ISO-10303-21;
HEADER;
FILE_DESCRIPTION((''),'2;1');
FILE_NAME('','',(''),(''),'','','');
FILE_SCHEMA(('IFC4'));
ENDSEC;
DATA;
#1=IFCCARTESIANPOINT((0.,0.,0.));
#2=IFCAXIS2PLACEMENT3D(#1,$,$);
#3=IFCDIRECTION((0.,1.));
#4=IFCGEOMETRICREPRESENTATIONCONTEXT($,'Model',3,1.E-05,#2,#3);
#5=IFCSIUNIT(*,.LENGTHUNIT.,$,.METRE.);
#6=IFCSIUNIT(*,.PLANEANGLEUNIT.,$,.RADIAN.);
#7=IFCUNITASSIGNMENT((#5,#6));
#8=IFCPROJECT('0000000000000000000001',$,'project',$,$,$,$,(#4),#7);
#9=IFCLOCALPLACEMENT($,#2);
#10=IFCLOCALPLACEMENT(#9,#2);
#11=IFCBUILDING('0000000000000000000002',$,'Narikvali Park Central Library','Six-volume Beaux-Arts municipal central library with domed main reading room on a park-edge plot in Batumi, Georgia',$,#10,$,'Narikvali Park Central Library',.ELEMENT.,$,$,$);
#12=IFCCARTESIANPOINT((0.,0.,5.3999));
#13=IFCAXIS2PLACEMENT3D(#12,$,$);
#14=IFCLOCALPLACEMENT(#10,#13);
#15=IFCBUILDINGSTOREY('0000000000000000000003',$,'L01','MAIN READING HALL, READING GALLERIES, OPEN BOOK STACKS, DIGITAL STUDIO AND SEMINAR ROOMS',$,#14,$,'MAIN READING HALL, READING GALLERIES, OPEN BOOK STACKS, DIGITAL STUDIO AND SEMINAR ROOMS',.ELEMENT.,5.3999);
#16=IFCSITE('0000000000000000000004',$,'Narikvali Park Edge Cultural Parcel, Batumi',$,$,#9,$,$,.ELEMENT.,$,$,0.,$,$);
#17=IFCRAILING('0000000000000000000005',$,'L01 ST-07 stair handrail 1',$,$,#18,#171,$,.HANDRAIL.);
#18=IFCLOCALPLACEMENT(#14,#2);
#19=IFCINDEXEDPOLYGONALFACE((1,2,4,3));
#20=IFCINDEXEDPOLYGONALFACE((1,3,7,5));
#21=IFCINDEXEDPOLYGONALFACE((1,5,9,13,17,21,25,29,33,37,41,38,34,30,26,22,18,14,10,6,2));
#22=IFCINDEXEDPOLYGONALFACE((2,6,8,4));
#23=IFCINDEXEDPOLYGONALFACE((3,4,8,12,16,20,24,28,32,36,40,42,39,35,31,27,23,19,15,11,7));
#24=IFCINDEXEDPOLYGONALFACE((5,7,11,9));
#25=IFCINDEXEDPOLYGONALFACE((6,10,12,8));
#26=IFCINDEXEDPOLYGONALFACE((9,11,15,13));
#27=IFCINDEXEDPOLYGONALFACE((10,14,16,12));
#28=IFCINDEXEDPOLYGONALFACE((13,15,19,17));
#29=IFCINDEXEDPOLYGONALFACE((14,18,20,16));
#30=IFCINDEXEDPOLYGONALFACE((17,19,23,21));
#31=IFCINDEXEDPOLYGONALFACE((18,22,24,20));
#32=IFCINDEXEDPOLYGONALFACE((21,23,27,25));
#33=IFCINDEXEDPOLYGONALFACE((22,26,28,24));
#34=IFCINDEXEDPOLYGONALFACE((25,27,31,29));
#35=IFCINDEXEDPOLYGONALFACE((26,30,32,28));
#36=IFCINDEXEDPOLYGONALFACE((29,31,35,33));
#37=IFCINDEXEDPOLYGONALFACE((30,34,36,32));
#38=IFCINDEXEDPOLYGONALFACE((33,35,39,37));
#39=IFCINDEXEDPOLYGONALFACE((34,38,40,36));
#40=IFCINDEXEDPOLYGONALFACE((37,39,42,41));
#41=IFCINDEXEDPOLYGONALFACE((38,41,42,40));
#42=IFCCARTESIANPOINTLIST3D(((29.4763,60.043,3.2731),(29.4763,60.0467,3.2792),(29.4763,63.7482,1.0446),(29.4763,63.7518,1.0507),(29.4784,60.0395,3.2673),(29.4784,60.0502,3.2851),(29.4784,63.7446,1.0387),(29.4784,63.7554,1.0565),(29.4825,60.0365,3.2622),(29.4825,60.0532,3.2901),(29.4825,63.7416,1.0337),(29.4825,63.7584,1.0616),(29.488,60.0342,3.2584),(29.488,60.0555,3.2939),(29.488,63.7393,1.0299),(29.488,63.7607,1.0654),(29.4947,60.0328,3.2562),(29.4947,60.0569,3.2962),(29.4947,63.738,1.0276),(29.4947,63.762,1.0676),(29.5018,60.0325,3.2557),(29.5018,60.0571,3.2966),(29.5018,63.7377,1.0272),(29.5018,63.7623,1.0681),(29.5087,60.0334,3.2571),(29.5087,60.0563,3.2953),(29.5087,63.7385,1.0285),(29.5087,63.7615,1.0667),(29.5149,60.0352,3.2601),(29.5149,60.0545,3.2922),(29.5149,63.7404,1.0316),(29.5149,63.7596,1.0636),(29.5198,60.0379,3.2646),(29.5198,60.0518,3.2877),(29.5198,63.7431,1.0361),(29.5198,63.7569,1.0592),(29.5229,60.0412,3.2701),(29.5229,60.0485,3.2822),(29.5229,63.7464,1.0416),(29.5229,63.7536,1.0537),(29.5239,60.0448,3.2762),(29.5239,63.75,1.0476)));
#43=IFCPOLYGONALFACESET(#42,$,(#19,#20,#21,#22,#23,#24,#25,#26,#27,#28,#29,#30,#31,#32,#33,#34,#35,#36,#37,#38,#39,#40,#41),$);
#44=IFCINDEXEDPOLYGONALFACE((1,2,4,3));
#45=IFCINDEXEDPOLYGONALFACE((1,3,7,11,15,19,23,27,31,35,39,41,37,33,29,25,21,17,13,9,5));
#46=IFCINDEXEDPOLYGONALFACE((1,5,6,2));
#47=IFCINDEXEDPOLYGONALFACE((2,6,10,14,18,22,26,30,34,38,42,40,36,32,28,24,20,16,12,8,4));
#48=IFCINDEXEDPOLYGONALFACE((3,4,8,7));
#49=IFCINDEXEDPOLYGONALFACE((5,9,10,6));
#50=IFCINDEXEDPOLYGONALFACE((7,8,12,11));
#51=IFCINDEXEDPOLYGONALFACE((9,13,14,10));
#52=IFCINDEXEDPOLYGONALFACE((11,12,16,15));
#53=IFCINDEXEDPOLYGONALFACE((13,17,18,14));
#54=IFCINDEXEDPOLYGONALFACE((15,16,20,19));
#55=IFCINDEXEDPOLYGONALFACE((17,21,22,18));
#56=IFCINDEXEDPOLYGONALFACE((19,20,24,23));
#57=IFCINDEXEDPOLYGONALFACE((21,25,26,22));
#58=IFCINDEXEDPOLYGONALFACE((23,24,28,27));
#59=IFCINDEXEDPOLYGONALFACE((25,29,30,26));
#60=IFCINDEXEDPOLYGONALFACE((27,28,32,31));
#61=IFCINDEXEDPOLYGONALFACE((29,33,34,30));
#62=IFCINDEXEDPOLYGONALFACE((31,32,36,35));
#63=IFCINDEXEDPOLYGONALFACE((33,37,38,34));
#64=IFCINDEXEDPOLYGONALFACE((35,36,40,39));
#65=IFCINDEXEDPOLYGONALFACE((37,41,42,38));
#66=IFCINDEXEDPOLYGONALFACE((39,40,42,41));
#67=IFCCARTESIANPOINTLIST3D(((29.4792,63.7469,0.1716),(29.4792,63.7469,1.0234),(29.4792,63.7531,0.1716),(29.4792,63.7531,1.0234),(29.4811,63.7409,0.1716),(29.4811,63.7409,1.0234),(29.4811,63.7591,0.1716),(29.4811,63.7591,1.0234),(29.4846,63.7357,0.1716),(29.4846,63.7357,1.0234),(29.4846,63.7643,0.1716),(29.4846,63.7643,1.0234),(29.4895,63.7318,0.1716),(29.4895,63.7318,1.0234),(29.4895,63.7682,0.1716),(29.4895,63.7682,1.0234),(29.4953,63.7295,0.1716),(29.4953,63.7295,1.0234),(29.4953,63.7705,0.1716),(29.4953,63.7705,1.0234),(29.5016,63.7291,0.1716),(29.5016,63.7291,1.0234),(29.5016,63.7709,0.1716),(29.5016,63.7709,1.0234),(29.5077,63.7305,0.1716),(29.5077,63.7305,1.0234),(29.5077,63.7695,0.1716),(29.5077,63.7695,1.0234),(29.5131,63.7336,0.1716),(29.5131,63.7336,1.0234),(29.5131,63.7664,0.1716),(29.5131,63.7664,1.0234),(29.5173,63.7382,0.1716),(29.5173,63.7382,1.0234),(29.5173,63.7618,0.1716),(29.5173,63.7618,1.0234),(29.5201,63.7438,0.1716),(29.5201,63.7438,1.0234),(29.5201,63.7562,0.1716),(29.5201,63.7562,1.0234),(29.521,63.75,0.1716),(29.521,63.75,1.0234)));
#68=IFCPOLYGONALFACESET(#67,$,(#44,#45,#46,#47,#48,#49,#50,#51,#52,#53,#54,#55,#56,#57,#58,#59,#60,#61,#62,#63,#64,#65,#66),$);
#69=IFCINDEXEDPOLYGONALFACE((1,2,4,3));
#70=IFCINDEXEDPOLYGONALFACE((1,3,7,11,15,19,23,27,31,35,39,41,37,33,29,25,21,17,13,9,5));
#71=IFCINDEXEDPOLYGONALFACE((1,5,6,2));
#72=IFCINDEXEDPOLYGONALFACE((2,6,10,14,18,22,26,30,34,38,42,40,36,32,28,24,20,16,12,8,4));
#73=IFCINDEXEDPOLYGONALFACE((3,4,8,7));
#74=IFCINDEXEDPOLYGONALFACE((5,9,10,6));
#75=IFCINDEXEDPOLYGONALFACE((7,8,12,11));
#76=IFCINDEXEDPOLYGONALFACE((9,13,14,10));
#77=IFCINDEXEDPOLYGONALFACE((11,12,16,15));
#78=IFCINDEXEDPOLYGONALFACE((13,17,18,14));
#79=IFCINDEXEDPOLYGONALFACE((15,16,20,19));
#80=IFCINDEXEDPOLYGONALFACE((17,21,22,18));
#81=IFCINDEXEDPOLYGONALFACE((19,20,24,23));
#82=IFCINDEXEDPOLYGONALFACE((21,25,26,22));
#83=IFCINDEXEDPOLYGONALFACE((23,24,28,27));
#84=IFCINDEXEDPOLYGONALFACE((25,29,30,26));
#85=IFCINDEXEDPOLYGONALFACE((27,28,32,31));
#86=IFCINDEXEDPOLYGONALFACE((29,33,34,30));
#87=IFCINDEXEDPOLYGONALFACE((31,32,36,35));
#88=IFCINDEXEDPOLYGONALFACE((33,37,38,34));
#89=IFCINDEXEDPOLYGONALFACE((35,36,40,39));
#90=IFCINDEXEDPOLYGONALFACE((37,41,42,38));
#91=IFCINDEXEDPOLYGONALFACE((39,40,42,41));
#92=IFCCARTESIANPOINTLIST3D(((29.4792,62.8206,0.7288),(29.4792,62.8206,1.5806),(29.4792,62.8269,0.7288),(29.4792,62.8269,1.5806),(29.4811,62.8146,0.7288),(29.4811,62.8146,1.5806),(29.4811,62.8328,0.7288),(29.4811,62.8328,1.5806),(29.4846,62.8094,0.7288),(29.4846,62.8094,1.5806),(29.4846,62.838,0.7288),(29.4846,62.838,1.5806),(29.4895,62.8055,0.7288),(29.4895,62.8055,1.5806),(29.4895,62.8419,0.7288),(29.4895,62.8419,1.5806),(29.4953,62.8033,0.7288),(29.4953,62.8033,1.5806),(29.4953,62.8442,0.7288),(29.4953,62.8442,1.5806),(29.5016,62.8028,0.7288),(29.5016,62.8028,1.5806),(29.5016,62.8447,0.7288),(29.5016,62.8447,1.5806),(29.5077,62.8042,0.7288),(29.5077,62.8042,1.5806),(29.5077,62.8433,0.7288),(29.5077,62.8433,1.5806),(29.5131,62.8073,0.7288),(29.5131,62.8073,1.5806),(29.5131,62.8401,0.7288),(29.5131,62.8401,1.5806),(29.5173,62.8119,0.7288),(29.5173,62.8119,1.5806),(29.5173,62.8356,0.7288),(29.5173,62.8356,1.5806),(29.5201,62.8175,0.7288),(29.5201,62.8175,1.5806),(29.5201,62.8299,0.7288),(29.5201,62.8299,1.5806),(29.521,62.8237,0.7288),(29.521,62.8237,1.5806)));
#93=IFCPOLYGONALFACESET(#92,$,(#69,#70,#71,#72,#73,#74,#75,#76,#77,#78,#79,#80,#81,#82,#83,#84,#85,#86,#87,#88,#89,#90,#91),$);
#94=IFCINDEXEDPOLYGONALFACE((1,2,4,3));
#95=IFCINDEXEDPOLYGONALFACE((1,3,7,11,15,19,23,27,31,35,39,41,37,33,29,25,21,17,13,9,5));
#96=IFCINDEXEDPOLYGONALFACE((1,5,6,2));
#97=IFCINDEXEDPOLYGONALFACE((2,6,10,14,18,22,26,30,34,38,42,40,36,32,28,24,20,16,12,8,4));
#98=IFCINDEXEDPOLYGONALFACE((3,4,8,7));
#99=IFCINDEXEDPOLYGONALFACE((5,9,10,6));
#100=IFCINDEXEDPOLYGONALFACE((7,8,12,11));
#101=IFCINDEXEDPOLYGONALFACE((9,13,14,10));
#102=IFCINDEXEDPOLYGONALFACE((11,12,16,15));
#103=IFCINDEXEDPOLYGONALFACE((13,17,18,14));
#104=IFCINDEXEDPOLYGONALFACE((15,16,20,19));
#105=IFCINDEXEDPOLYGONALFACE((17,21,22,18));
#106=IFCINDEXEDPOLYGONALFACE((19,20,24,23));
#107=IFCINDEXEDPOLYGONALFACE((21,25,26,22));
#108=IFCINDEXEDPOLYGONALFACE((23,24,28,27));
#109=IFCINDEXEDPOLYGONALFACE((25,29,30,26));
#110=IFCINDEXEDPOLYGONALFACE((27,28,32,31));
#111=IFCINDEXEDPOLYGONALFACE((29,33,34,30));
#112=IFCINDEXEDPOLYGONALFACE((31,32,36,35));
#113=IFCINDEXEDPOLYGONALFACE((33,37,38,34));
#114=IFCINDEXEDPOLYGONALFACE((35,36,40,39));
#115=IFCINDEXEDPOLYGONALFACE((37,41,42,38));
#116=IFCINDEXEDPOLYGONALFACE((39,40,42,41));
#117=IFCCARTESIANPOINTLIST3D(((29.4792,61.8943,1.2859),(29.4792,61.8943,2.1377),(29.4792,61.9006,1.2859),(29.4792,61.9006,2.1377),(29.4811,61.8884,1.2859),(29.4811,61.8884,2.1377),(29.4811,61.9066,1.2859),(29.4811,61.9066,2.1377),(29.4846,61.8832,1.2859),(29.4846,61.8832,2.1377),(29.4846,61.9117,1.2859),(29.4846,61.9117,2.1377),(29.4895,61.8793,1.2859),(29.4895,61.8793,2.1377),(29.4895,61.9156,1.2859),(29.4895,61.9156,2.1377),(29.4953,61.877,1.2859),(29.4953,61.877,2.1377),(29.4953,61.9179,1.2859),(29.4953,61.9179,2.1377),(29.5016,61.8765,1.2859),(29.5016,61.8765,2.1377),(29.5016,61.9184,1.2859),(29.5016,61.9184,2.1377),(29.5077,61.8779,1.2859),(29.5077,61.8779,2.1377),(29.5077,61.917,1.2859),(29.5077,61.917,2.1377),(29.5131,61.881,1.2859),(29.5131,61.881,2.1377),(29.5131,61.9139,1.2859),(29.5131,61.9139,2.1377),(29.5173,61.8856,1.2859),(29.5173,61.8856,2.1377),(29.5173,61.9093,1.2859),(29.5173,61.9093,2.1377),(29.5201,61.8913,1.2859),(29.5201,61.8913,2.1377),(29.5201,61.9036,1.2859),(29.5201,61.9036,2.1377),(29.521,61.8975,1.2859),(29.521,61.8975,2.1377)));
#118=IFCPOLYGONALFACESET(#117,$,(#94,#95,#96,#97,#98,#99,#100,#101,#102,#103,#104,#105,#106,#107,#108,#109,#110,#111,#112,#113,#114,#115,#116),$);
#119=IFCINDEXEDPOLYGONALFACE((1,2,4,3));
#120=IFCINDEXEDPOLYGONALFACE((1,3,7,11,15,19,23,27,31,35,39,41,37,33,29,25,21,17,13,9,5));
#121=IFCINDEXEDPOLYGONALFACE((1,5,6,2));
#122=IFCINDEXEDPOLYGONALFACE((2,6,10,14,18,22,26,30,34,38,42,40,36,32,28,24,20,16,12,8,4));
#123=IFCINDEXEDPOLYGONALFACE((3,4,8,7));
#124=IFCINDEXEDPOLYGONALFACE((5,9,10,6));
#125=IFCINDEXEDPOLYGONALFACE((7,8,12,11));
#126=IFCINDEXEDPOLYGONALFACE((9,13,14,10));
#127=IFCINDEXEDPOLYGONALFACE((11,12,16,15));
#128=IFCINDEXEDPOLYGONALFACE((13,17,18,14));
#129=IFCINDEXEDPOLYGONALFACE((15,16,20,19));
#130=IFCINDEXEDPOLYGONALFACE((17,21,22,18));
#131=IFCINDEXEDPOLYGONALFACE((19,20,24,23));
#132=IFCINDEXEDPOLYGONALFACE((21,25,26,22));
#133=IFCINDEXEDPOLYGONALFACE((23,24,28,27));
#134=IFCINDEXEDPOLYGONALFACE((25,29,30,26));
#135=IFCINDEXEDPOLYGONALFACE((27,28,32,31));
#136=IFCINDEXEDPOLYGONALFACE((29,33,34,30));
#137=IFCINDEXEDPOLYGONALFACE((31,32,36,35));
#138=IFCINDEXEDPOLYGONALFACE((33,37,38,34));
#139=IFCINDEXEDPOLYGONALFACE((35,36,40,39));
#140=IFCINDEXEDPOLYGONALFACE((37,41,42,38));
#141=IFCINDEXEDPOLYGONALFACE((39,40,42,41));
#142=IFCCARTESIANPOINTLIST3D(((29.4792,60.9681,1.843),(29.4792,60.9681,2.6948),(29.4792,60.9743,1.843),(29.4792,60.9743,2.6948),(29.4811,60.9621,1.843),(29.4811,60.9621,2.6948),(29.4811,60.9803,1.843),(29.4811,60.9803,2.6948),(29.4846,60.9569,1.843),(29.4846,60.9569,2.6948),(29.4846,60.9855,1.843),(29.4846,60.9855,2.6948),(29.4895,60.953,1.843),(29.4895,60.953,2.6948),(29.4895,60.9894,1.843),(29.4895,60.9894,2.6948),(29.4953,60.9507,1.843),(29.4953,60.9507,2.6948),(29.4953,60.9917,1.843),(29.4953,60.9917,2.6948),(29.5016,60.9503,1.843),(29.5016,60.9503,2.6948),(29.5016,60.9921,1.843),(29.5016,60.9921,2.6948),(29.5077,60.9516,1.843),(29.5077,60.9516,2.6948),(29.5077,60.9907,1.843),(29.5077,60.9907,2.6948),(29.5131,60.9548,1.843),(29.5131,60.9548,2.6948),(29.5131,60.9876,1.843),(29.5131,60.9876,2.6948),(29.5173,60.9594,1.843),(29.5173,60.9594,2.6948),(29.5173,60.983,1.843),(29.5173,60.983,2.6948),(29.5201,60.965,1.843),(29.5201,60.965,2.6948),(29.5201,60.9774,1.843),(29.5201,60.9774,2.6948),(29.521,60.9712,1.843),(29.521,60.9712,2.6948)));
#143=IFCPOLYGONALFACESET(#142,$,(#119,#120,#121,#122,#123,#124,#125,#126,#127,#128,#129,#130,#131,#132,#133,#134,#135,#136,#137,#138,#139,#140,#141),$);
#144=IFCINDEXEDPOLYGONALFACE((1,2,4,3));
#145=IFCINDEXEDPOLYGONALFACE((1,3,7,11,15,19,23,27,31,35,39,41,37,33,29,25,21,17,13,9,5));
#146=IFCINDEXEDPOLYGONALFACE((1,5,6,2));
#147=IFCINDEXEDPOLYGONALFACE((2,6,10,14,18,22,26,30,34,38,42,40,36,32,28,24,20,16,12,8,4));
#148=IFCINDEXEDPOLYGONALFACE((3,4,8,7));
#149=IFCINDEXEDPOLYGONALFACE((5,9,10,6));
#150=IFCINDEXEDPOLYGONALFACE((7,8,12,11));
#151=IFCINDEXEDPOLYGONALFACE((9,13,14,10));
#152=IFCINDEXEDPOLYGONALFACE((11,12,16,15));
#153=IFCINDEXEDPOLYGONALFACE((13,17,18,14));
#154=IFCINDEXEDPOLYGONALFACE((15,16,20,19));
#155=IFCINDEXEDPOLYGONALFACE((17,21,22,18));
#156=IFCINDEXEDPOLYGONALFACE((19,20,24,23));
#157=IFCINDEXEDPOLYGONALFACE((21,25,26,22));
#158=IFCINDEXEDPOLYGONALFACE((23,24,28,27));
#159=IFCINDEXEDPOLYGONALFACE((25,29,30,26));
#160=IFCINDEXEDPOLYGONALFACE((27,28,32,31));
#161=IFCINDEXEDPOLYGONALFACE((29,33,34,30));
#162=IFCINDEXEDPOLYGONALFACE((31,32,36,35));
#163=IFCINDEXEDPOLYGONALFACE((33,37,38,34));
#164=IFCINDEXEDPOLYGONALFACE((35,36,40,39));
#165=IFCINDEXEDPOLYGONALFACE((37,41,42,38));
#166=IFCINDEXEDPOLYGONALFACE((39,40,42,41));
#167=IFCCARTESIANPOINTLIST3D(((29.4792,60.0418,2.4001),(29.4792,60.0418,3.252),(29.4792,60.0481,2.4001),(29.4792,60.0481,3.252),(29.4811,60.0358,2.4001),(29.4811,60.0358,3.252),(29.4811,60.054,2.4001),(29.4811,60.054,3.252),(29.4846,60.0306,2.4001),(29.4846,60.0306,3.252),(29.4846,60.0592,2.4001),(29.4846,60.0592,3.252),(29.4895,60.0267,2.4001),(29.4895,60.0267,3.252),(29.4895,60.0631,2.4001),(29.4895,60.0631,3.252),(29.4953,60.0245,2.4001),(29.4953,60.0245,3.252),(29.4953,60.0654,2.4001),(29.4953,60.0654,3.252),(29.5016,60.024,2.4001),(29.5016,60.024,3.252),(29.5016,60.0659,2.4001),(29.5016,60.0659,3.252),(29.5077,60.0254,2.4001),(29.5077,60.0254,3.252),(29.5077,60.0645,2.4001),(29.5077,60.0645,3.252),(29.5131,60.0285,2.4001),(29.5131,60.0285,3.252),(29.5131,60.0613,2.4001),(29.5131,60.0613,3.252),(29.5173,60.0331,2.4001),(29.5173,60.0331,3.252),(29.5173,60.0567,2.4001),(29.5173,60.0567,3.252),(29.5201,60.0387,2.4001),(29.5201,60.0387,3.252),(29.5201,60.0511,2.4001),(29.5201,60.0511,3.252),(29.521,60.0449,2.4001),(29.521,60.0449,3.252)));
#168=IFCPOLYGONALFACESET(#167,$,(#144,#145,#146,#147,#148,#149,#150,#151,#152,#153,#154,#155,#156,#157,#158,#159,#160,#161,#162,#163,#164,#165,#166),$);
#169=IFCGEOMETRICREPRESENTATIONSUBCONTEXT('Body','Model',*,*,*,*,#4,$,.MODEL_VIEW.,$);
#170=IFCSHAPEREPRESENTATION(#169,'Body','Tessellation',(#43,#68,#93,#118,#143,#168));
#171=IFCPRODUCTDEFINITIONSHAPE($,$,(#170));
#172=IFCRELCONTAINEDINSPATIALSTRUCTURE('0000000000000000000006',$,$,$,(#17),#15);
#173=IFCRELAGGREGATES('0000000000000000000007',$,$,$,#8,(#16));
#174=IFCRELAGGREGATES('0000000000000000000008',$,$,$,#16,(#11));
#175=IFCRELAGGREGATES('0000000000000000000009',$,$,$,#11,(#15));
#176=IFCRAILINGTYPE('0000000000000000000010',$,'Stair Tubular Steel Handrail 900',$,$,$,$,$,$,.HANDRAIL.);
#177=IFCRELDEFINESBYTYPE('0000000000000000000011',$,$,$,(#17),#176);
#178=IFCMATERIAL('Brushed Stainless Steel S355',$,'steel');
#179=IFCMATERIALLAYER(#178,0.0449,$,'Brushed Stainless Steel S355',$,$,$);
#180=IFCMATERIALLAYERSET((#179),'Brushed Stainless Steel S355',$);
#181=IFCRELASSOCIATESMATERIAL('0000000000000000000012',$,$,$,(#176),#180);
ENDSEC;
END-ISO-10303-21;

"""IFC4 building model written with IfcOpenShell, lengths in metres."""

from ifc_helpers import new_model, si_unit, direction, frame, origin, origin_2d, place, context, subcontext, project, spatial, circle, extrude, material, layer, layer_set, type_object, element, save


model = new_model("IFC4")

# Units and contexts
model_context = context("Model", 3, precision=1e-05, world=origin(), true_north=direction((0.0, 1.0)))
body_context = subcontext(model_context, "Body", "Model", "MODEL_VIEW")
ifc_project = project(units=[si_unit("LENGTHUNIT", "METRE"), si_unit("PLANEANGLEUNIT", "RADIAN")], contexts=[model_context])

# Site, building, storey
site_placement = place(None, origin())
site = spatial("IfcSite", under=ifc_project, at=site_placement, Name="Narikvali Park Edge Cultural Parcel, Batumi", CompositionType="ELEMENT", RefElevation=0.0)
building_placement = place(site_placement, origin())
building = spatial("IfcBuilding", under=site, at=building_placement, Name="Narikvali Park Central Library", Description="Six-volume Beaux-Arts municipal central library with domed main reading room on a park-edge plot in Batumi, Georgia", LongName="Narikvali Park Central Library", CompositionType="ELEMENT")
storey_placement = place(building_placement, frame((0.0, 0.0, 5.3999)))
storey = spatial("IfcBuildingStorey", under=building, at=storey_placement, Name="L01", Description="MAIN READING HALL, READING GALLERIES, OPEN BOOK STACKS, DIGITAL STUDIO AND SEMINAR ROOMS", LongName="MAIN READING HALL, READING GALLERIES, OPEN BOOK STACKS, DIGITAL STUDIO AND SEMINAR ROOMS", CompositionType="ELEMENT", Elevation=5.3999)

# Shared definitions
ifc_material_1 = material(Name="Brushed Stainless Steel S355", Category="steel")

# Railing
ifc_layer_1 = layer(ifc_material_1, 0.0449, Name="Brushed Stainless Steel S355")
ifc_layer_set_1 = layer_set([ifc_layer_1], Name="Brushed Stainless Steel S355")
railing_type_1 = type_object("IfcRailingType", Name="Stair Tubular Steel Handrail 900", PredefinedType="HANDRAIL", material=ifc_layer_set_1)
railing_1_placement = place(storey_placement, frame((29.5, 63.75, 0.1716)))
element("IfcRailing", 1, at=railing_1_placement, inside=storey, type_object=railing_type_1, Name="L01 ST-07 stair handrail 1", PredefinedType="HANDRAIL", context=body_context, shape_type="SweptSolid", body=[
    extrude(circle(Radius=0.0239, at=origin_2d()), frame((0.0, 0.0, 0.876), z_axis=(0.0, -0.856934, 0.515425), x_axis=(1.0, 0.0, 0.0)), (0.0, 0.0, 1.0), 4.3237),
    extrude(circle(Radius=0.021, at=origin_2d()), origin(), (0.0, 0.0, 1.0), 0.8518),
    extrude(circle(Radius=0.021, at=origin_2d()), frame((0.0, -0.9263, 0.5571)), (0.0, 0.0, 1.0), 0.8518),
    extrude(circle(Radius=0.021, at=origin_2d()), frame((0.0, -1.8525, 1.1143)), (0.0, 0.0, 1.0), 0.8518),
    extrude(circle(Radius=0.021, at=origin_2d()), frame((0.0, -2.7788, 1.6714)), (0.0, 0.0, 1.0), 0.8518),
    extrude(circle(Radius=0.021, at=origin_2d()), frame((0.0, -3.7051, 2.2285)), (0.0, 0.0, 1.0), 0.8518),
])

save(model, "model.ifc")
